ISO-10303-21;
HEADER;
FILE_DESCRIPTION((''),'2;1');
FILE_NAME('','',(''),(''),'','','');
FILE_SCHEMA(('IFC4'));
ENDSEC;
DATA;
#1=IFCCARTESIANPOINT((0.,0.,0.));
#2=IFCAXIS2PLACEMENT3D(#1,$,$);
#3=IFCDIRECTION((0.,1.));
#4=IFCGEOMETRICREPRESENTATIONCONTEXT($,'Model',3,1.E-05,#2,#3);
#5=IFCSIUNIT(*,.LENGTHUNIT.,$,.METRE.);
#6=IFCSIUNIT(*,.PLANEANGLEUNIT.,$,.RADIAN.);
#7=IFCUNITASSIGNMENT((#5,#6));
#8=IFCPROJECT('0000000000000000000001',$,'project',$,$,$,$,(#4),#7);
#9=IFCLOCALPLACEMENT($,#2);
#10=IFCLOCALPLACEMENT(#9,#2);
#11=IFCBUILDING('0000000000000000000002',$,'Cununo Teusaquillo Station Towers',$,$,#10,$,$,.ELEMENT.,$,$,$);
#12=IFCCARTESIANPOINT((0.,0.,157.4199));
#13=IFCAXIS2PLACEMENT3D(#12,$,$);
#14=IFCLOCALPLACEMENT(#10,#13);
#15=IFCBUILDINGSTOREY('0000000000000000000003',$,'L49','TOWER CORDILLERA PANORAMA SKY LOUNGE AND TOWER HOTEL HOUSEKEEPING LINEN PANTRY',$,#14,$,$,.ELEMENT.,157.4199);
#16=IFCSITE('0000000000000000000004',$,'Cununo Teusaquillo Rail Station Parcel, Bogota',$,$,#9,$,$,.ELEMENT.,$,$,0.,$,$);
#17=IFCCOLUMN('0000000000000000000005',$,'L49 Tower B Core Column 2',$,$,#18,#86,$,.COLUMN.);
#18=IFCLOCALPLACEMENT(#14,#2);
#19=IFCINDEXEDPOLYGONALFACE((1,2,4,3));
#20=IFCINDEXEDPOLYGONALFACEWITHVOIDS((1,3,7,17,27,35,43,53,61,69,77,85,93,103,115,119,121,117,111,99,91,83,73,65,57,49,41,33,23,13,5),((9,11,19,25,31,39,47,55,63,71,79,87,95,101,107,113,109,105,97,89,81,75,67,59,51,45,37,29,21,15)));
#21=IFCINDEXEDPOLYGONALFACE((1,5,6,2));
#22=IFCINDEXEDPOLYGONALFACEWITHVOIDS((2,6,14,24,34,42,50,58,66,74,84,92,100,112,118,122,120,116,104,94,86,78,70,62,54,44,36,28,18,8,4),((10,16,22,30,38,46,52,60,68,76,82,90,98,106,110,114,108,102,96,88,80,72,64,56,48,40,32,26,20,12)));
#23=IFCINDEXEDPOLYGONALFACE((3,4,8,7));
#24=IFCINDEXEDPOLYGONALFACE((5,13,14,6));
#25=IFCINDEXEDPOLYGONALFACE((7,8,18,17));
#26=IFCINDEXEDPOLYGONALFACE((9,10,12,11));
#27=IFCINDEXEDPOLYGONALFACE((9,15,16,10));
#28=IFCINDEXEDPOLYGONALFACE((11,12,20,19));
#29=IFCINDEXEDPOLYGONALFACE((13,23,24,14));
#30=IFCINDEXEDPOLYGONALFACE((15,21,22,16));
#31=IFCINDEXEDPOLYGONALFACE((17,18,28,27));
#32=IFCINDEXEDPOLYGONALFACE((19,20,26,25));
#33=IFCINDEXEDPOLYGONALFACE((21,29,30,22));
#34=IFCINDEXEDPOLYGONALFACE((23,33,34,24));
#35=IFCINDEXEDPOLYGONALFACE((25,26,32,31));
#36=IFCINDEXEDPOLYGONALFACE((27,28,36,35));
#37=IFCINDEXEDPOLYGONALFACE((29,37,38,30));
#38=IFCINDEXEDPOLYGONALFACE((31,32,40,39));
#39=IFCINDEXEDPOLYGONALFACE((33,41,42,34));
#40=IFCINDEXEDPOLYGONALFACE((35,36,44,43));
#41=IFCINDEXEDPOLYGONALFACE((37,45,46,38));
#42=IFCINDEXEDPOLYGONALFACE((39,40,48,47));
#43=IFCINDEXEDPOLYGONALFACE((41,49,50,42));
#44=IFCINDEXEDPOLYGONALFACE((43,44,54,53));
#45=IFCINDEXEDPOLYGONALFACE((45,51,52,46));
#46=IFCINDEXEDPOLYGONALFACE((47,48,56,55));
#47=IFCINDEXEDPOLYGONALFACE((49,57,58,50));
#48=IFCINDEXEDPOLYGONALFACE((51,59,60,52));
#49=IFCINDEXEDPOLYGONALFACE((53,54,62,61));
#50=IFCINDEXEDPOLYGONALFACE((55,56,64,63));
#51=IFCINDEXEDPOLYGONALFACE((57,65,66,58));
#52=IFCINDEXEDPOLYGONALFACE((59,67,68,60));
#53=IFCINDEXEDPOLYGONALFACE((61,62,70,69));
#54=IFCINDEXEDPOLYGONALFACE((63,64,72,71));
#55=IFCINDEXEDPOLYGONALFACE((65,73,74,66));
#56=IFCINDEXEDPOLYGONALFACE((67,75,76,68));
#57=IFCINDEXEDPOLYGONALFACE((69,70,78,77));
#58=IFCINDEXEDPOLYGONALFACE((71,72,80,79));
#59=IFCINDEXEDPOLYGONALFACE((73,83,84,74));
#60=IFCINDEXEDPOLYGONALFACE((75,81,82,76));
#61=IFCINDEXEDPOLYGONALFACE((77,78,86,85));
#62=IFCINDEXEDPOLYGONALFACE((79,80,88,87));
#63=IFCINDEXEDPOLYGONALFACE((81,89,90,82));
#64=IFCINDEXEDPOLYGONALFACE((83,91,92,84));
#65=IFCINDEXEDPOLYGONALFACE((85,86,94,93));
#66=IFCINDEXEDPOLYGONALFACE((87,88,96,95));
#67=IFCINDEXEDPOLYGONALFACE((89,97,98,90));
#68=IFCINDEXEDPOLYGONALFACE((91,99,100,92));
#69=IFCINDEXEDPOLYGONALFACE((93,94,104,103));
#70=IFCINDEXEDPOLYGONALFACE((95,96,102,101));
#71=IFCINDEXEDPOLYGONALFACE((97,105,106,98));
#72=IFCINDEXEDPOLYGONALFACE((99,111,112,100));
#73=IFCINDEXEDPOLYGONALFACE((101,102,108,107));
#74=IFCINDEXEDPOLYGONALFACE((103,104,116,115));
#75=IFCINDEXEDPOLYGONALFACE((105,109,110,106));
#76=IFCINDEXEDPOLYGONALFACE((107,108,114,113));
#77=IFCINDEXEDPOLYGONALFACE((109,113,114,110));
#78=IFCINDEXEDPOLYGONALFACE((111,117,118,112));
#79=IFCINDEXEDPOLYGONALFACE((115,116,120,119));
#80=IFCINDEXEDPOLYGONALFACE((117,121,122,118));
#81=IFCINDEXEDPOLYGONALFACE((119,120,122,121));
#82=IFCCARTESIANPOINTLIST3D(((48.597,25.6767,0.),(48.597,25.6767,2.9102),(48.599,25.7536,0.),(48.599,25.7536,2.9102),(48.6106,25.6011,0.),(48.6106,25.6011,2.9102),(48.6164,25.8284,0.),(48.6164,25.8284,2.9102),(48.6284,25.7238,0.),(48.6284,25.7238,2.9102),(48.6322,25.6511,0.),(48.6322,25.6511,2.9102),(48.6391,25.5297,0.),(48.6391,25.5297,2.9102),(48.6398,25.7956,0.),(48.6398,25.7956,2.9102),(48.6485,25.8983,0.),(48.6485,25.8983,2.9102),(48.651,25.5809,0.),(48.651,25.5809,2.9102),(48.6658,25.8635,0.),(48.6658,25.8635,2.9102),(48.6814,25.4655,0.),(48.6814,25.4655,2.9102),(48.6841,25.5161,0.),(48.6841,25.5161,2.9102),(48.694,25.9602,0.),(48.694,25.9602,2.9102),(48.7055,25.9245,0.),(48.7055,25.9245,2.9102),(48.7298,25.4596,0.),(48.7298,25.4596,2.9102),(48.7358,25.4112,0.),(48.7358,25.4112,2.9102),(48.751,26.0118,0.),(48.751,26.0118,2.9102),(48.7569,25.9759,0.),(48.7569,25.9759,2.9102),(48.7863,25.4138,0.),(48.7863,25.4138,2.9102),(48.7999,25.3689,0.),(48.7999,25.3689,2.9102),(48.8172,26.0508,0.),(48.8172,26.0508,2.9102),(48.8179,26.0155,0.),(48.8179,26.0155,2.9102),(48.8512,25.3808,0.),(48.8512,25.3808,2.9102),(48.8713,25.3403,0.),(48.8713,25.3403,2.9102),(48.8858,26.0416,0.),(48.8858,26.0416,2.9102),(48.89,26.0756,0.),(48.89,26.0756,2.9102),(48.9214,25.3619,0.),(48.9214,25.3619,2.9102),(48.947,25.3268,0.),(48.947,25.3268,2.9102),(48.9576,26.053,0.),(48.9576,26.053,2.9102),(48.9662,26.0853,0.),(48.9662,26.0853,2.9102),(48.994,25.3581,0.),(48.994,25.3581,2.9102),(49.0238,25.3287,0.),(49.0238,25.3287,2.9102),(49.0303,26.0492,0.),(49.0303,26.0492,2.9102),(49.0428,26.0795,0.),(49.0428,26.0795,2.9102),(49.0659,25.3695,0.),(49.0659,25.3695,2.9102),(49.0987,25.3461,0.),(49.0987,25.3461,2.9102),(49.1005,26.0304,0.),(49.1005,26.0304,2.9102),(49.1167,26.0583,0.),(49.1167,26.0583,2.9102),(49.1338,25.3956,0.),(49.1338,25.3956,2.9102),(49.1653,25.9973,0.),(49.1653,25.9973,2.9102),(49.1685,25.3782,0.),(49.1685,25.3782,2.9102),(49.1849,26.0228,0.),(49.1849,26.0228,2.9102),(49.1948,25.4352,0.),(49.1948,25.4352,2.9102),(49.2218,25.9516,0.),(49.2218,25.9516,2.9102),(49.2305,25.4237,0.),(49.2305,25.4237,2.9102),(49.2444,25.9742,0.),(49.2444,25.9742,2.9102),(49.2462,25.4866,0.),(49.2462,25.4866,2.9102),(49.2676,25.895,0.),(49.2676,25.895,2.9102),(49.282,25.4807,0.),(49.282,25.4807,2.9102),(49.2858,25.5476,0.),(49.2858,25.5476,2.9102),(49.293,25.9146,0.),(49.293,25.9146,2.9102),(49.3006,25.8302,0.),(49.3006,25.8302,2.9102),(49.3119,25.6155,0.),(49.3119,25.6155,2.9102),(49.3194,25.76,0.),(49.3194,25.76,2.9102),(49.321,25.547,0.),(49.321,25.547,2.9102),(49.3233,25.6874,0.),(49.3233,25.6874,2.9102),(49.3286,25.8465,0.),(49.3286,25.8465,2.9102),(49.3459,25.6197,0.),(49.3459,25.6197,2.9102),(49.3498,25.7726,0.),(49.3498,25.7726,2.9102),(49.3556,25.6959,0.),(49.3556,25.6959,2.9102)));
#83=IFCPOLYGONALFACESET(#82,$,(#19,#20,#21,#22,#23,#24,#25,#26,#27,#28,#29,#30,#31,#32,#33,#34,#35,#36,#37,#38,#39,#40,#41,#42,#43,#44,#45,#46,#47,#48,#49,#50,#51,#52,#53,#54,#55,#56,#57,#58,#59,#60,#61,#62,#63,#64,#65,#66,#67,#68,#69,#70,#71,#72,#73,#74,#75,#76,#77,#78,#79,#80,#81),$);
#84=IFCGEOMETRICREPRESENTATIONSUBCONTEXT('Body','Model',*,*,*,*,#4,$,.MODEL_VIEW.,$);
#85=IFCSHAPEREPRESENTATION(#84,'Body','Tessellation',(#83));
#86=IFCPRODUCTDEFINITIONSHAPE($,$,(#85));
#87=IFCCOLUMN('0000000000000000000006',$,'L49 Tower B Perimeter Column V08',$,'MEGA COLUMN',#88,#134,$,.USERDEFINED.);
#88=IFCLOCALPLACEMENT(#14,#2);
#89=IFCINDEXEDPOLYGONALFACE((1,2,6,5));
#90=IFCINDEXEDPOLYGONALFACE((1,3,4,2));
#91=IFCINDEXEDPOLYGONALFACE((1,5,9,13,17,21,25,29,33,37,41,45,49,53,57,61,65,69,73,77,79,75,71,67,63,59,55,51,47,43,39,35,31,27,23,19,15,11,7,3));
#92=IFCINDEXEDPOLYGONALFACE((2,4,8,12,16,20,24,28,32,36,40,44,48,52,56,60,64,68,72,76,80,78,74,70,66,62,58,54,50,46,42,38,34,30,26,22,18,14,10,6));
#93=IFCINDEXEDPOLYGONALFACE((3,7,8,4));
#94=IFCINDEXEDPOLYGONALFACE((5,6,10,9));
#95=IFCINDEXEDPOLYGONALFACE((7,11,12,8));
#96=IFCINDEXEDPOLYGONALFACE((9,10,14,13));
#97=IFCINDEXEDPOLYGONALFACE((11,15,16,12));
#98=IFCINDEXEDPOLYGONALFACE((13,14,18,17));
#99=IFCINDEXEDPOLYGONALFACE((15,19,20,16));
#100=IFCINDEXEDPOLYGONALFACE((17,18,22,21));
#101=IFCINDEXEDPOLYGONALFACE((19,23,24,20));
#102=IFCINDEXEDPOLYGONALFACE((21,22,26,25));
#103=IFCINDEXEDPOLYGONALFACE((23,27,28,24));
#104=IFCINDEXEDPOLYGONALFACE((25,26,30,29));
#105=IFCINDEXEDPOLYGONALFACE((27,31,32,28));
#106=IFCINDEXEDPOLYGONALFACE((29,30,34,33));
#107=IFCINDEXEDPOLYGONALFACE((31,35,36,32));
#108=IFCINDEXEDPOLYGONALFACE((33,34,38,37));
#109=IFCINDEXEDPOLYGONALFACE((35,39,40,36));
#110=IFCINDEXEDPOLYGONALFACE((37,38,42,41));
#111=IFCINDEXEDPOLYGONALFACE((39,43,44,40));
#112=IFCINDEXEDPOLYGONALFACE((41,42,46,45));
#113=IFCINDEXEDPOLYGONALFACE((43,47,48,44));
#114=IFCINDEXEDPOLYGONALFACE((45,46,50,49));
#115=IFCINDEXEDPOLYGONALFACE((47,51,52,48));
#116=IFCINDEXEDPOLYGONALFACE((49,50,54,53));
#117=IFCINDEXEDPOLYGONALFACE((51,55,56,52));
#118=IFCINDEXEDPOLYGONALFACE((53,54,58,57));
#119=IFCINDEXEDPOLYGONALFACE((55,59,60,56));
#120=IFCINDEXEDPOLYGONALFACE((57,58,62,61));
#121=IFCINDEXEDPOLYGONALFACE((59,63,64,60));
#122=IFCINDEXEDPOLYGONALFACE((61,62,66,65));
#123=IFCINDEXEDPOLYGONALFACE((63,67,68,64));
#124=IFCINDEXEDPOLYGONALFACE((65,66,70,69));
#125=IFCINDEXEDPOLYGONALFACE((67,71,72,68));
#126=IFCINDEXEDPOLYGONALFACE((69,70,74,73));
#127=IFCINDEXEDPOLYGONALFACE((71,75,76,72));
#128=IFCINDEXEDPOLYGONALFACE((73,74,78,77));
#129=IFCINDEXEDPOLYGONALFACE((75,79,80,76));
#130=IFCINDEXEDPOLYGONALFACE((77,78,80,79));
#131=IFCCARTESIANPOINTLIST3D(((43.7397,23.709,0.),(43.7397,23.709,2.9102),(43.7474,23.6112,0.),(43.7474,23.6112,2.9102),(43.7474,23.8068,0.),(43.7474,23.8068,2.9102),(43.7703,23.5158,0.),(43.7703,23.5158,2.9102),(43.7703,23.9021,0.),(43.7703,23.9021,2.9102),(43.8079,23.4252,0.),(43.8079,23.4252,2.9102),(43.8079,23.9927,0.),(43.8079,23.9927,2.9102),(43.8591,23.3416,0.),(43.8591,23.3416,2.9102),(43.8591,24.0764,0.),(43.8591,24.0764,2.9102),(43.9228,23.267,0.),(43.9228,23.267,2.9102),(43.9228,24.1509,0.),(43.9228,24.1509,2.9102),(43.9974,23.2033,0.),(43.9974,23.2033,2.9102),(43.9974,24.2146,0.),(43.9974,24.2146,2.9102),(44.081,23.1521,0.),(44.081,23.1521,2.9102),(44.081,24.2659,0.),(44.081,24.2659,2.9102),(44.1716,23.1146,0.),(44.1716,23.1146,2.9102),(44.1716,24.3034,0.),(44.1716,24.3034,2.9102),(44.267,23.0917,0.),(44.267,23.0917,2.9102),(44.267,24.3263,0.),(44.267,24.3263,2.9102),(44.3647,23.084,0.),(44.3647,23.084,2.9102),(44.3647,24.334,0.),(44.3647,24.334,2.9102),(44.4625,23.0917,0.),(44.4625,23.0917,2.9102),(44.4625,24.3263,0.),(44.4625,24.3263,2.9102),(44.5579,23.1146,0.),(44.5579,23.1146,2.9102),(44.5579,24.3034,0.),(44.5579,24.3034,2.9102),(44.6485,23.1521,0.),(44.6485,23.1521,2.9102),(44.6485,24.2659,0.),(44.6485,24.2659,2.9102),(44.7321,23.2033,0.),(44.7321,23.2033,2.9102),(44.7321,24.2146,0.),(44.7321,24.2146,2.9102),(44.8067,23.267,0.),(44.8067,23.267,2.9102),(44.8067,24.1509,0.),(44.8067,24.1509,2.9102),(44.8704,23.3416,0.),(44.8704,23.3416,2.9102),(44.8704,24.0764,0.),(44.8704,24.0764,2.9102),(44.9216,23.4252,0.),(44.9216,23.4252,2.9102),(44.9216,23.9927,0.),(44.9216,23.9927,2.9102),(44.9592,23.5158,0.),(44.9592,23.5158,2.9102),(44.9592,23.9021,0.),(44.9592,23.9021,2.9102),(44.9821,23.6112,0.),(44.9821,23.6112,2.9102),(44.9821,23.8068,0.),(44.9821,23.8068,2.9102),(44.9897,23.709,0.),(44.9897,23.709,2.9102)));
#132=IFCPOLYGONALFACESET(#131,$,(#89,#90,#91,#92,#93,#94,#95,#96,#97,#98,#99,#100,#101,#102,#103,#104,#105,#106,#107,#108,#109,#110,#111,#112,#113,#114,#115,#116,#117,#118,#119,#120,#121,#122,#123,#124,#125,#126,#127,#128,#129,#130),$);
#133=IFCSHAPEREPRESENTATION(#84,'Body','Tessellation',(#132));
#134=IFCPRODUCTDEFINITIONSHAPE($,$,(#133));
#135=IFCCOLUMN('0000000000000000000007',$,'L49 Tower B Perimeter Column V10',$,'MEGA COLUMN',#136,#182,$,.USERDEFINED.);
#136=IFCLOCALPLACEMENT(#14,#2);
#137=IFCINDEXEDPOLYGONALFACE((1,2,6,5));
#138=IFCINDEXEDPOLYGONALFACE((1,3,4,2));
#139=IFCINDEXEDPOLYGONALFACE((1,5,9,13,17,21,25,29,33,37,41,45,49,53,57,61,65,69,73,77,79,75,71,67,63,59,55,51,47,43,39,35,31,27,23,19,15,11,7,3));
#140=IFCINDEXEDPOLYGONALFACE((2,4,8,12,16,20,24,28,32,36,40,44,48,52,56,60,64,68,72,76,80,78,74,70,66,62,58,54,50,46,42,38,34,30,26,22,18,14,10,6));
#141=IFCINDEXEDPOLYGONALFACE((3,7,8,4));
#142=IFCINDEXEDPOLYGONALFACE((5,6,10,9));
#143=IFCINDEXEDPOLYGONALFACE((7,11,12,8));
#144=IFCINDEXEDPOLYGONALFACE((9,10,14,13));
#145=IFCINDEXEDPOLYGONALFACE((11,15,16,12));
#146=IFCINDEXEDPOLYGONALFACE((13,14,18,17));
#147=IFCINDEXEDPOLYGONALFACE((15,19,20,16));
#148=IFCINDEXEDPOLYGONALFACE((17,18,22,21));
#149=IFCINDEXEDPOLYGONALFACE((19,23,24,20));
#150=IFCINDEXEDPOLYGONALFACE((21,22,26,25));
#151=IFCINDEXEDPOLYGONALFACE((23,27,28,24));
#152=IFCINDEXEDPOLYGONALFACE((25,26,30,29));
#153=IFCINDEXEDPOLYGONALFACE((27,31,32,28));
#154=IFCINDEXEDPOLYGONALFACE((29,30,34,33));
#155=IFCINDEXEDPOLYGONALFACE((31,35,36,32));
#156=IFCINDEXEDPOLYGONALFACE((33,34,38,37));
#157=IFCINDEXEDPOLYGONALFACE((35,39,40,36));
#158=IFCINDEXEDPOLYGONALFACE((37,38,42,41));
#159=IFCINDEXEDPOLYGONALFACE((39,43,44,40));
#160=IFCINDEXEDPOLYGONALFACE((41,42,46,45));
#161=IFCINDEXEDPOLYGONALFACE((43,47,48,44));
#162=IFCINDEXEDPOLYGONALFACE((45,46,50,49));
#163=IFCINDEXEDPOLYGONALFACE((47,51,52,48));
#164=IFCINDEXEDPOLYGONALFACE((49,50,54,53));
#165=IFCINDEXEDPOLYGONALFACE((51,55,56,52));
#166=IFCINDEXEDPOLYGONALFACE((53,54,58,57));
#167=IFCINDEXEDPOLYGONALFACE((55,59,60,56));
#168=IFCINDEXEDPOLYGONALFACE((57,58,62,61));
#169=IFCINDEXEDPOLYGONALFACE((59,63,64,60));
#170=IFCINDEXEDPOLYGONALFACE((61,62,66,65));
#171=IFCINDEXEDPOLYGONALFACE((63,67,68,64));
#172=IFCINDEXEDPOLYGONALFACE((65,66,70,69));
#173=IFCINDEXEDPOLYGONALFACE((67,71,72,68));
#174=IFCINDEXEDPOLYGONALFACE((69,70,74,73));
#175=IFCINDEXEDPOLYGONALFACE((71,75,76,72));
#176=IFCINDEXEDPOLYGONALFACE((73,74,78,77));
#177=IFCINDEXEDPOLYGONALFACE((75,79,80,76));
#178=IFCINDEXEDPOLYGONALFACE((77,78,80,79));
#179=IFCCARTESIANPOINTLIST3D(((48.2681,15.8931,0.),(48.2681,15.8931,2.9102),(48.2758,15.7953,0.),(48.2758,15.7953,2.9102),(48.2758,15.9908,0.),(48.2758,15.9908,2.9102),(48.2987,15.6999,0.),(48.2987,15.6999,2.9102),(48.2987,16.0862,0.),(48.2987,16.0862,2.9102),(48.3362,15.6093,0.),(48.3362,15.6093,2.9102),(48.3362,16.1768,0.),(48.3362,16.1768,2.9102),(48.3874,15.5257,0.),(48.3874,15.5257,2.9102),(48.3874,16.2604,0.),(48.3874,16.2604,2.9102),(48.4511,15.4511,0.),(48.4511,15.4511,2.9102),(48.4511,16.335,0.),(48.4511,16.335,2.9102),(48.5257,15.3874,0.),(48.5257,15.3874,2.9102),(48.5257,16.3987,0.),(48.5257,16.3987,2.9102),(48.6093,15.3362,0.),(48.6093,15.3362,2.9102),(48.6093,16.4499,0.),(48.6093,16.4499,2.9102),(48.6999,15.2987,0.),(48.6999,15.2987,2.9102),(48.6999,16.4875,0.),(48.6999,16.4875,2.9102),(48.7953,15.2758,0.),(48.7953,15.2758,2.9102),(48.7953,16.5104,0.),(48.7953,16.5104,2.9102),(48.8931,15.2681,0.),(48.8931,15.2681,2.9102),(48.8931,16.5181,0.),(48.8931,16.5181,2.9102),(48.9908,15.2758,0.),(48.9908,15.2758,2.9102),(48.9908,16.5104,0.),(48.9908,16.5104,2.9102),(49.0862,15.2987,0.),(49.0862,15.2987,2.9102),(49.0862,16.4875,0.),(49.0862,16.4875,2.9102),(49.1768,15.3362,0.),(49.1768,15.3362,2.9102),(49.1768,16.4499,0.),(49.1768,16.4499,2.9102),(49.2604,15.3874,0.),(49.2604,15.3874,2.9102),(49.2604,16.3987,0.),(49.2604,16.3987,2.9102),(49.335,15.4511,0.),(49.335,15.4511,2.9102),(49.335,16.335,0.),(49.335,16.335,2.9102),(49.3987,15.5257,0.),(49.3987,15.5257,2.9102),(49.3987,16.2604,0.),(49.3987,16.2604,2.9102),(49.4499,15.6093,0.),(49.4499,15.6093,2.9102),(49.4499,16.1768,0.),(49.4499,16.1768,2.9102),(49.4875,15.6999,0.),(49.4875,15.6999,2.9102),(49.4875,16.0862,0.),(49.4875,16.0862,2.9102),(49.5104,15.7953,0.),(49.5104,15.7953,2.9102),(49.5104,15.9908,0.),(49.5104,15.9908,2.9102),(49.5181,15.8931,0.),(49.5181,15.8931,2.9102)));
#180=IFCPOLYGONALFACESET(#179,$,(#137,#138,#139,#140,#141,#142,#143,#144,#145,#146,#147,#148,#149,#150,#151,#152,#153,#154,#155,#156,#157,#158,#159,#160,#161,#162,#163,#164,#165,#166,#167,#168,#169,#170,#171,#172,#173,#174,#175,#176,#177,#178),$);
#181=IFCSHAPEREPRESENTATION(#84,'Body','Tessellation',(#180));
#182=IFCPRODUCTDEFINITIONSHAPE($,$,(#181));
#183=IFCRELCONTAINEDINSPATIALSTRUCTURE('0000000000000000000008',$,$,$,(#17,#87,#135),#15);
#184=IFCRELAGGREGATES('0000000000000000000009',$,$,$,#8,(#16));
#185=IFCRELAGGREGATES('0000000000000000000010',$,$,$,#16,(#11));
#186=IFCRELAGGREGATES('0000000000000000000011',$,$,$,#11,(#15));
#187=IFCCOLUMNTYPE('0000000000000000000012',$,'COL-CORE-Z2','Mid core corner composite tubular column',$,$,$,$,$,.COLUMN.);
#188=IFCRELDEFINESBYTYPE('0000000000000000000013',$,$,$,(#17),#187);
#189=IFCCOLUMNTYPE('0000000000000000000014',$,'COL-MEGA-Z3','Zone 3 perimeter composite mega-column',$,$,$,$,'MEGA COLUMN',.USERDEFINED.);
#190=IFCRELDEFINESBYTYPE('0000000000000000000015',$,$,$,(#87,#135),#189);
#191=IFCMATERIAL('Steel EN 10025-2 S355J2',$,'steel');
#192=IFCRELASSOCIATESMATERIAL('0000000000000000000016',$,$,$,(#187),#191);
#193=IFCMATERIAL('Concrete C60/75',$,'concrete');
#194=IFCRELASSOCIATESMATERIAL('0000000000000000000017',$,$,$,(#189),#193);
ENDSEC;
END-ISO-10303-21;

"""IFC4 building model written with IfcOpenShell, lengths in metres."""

from ifc_helpers import new_model, si_unit, direction, frame, origin, origin_2d, place, context, subcontext, project, spatial, circle, hollow_circle, extrude, material, material_profile, profile_set, type_object, element, save


model = new_model("IFC4")

# Units and contexts
model_context = context("Model", 3, precision=1e-05, world=origin(), true_north=direction((0.0, 1.0)))
body_context = subcontext(model_context, "Body", "Model", "MODEL_VIEW")
ifc_project = project(units=[si_unit("LENGTHUNIT", "METRE"), si_unit("PLANEANGLEUNIT", "RADIAN")], contexts=[model_context])

# Site, building, storey
site_placement = place(None, origin())
site = spatial("IfcSite", under=ifc_project, at=site_placement, Name="Cununo Teusaquillo Rail Station Parcel, Bogota", CompositionType="ELEMENT", RefElevation=0.0)
building_placement = place(site_placement, origin())
building = spatial("IfcBuilding", under=site, at=building_placement, Name="Cununo Teusaquillo Station Towers", CompositionType="ELEMENT")
storey_placement = place(building_placement, frame((0.0, 0.0, 157.4199)))
storey = spatial("IfcBuildingStorey", under=building, at=storey_placement, Name="L49", Description="TOWER CORDILLERA PANORAMA SKY LOUNGE AND TOWER HOTEL HOUSEKEEPING LINEN PANTRY", CompositionType="ELEMENT", Elevation=157.4199)

# Columns
ifc_material_1 = material(Name="Steel EN 10025-2 S355J2", Category="steel")
ifc_material_profile_1 = material_profile(ifc_material_1, hollow_circle(Radius=0.3799, WallThickness=0.032, at=origin_2d()), Name="CHS 760x32")
ifc_profile_set_1 = profile_set([ifc_material_profile_1], Name="Steel EN 10025-2 S355J2")
column_type_1 = type_object("IfcColumnType", Name="COL-CORE-Z2", Description="Mid core corner composite tubular column", PredefinedType="COLUMN", material=ifc_profile_set_1)
column_placement = place(storey_placement, frame((48.9758, 25.7056, 0.0), z_axis=(0.0, 0.0, 1.0), x_axis=(0.707107, 0.707107, 0.0)))
element("IfcColumn", 1, at=column_placement, inside=storey, type_object=column_type_1, Name="L49 Tower B Core Column 2", PredefinedType="COLUMN", context=body_context, shape_type="SweptSolid", body=[
    extrude(hollow_circle(Radius=0.3799, WallThickness=0.032, at=origin_2d()), origin(), (0.0, 0.0, 1.0), 2.9102),
])
ifc_material_2 = material(Name="Concrete C60/75", Category="concrete")
ifc_material_profile_2 = material_profile(ifc_material_2, circle(Radius=0.625, at=origin_2d()), Name="RC-CIRC-1250")
ifc_profile_set_2 = profile_set([ifc_material_profile_2], Name="Concrete C60/75")
column_type_2 = type_object("IfcColumnType", Name="COL-MEGA-Z3", Description="Zone 3 perimeter composite mega-column", ElementType="MEGA COLUMN", PredefinedType="USERDEFINED", material=ifc_profile_set_2)
for number, where, z_axis, x_axis, name in (
    (2, (44.3647, 23.709, 0.0), (0.0, 0.0, 1.0), (1.0, 0.0, 0.0), "L49 Tower B Perimeter Column V08"),
    (3, (48.8931, 15.8931, 0.0), (0.0, 0.0, 1.0), (1.0, 0.0, 0.0), "L49 Tower B Perimeter Column V10"),
):
    element("IfcColumn", number, at=place(storey_placement, frame(where, z_axis=z_axis, x_axis=x_axis)), inside=storey, type_object=column_type_2, Name=name, ObjectType="MEGA COLUMN", PredefinedType="USERDEFINED", context=body_context, shape_type="SweptSolid", body=[
        extrude(circle(Radius=0.625, at=origin_2d()), origin(), (0.0, 0.0, 1.0), 2.9102),
    ])

save(model, "model.ifc")
